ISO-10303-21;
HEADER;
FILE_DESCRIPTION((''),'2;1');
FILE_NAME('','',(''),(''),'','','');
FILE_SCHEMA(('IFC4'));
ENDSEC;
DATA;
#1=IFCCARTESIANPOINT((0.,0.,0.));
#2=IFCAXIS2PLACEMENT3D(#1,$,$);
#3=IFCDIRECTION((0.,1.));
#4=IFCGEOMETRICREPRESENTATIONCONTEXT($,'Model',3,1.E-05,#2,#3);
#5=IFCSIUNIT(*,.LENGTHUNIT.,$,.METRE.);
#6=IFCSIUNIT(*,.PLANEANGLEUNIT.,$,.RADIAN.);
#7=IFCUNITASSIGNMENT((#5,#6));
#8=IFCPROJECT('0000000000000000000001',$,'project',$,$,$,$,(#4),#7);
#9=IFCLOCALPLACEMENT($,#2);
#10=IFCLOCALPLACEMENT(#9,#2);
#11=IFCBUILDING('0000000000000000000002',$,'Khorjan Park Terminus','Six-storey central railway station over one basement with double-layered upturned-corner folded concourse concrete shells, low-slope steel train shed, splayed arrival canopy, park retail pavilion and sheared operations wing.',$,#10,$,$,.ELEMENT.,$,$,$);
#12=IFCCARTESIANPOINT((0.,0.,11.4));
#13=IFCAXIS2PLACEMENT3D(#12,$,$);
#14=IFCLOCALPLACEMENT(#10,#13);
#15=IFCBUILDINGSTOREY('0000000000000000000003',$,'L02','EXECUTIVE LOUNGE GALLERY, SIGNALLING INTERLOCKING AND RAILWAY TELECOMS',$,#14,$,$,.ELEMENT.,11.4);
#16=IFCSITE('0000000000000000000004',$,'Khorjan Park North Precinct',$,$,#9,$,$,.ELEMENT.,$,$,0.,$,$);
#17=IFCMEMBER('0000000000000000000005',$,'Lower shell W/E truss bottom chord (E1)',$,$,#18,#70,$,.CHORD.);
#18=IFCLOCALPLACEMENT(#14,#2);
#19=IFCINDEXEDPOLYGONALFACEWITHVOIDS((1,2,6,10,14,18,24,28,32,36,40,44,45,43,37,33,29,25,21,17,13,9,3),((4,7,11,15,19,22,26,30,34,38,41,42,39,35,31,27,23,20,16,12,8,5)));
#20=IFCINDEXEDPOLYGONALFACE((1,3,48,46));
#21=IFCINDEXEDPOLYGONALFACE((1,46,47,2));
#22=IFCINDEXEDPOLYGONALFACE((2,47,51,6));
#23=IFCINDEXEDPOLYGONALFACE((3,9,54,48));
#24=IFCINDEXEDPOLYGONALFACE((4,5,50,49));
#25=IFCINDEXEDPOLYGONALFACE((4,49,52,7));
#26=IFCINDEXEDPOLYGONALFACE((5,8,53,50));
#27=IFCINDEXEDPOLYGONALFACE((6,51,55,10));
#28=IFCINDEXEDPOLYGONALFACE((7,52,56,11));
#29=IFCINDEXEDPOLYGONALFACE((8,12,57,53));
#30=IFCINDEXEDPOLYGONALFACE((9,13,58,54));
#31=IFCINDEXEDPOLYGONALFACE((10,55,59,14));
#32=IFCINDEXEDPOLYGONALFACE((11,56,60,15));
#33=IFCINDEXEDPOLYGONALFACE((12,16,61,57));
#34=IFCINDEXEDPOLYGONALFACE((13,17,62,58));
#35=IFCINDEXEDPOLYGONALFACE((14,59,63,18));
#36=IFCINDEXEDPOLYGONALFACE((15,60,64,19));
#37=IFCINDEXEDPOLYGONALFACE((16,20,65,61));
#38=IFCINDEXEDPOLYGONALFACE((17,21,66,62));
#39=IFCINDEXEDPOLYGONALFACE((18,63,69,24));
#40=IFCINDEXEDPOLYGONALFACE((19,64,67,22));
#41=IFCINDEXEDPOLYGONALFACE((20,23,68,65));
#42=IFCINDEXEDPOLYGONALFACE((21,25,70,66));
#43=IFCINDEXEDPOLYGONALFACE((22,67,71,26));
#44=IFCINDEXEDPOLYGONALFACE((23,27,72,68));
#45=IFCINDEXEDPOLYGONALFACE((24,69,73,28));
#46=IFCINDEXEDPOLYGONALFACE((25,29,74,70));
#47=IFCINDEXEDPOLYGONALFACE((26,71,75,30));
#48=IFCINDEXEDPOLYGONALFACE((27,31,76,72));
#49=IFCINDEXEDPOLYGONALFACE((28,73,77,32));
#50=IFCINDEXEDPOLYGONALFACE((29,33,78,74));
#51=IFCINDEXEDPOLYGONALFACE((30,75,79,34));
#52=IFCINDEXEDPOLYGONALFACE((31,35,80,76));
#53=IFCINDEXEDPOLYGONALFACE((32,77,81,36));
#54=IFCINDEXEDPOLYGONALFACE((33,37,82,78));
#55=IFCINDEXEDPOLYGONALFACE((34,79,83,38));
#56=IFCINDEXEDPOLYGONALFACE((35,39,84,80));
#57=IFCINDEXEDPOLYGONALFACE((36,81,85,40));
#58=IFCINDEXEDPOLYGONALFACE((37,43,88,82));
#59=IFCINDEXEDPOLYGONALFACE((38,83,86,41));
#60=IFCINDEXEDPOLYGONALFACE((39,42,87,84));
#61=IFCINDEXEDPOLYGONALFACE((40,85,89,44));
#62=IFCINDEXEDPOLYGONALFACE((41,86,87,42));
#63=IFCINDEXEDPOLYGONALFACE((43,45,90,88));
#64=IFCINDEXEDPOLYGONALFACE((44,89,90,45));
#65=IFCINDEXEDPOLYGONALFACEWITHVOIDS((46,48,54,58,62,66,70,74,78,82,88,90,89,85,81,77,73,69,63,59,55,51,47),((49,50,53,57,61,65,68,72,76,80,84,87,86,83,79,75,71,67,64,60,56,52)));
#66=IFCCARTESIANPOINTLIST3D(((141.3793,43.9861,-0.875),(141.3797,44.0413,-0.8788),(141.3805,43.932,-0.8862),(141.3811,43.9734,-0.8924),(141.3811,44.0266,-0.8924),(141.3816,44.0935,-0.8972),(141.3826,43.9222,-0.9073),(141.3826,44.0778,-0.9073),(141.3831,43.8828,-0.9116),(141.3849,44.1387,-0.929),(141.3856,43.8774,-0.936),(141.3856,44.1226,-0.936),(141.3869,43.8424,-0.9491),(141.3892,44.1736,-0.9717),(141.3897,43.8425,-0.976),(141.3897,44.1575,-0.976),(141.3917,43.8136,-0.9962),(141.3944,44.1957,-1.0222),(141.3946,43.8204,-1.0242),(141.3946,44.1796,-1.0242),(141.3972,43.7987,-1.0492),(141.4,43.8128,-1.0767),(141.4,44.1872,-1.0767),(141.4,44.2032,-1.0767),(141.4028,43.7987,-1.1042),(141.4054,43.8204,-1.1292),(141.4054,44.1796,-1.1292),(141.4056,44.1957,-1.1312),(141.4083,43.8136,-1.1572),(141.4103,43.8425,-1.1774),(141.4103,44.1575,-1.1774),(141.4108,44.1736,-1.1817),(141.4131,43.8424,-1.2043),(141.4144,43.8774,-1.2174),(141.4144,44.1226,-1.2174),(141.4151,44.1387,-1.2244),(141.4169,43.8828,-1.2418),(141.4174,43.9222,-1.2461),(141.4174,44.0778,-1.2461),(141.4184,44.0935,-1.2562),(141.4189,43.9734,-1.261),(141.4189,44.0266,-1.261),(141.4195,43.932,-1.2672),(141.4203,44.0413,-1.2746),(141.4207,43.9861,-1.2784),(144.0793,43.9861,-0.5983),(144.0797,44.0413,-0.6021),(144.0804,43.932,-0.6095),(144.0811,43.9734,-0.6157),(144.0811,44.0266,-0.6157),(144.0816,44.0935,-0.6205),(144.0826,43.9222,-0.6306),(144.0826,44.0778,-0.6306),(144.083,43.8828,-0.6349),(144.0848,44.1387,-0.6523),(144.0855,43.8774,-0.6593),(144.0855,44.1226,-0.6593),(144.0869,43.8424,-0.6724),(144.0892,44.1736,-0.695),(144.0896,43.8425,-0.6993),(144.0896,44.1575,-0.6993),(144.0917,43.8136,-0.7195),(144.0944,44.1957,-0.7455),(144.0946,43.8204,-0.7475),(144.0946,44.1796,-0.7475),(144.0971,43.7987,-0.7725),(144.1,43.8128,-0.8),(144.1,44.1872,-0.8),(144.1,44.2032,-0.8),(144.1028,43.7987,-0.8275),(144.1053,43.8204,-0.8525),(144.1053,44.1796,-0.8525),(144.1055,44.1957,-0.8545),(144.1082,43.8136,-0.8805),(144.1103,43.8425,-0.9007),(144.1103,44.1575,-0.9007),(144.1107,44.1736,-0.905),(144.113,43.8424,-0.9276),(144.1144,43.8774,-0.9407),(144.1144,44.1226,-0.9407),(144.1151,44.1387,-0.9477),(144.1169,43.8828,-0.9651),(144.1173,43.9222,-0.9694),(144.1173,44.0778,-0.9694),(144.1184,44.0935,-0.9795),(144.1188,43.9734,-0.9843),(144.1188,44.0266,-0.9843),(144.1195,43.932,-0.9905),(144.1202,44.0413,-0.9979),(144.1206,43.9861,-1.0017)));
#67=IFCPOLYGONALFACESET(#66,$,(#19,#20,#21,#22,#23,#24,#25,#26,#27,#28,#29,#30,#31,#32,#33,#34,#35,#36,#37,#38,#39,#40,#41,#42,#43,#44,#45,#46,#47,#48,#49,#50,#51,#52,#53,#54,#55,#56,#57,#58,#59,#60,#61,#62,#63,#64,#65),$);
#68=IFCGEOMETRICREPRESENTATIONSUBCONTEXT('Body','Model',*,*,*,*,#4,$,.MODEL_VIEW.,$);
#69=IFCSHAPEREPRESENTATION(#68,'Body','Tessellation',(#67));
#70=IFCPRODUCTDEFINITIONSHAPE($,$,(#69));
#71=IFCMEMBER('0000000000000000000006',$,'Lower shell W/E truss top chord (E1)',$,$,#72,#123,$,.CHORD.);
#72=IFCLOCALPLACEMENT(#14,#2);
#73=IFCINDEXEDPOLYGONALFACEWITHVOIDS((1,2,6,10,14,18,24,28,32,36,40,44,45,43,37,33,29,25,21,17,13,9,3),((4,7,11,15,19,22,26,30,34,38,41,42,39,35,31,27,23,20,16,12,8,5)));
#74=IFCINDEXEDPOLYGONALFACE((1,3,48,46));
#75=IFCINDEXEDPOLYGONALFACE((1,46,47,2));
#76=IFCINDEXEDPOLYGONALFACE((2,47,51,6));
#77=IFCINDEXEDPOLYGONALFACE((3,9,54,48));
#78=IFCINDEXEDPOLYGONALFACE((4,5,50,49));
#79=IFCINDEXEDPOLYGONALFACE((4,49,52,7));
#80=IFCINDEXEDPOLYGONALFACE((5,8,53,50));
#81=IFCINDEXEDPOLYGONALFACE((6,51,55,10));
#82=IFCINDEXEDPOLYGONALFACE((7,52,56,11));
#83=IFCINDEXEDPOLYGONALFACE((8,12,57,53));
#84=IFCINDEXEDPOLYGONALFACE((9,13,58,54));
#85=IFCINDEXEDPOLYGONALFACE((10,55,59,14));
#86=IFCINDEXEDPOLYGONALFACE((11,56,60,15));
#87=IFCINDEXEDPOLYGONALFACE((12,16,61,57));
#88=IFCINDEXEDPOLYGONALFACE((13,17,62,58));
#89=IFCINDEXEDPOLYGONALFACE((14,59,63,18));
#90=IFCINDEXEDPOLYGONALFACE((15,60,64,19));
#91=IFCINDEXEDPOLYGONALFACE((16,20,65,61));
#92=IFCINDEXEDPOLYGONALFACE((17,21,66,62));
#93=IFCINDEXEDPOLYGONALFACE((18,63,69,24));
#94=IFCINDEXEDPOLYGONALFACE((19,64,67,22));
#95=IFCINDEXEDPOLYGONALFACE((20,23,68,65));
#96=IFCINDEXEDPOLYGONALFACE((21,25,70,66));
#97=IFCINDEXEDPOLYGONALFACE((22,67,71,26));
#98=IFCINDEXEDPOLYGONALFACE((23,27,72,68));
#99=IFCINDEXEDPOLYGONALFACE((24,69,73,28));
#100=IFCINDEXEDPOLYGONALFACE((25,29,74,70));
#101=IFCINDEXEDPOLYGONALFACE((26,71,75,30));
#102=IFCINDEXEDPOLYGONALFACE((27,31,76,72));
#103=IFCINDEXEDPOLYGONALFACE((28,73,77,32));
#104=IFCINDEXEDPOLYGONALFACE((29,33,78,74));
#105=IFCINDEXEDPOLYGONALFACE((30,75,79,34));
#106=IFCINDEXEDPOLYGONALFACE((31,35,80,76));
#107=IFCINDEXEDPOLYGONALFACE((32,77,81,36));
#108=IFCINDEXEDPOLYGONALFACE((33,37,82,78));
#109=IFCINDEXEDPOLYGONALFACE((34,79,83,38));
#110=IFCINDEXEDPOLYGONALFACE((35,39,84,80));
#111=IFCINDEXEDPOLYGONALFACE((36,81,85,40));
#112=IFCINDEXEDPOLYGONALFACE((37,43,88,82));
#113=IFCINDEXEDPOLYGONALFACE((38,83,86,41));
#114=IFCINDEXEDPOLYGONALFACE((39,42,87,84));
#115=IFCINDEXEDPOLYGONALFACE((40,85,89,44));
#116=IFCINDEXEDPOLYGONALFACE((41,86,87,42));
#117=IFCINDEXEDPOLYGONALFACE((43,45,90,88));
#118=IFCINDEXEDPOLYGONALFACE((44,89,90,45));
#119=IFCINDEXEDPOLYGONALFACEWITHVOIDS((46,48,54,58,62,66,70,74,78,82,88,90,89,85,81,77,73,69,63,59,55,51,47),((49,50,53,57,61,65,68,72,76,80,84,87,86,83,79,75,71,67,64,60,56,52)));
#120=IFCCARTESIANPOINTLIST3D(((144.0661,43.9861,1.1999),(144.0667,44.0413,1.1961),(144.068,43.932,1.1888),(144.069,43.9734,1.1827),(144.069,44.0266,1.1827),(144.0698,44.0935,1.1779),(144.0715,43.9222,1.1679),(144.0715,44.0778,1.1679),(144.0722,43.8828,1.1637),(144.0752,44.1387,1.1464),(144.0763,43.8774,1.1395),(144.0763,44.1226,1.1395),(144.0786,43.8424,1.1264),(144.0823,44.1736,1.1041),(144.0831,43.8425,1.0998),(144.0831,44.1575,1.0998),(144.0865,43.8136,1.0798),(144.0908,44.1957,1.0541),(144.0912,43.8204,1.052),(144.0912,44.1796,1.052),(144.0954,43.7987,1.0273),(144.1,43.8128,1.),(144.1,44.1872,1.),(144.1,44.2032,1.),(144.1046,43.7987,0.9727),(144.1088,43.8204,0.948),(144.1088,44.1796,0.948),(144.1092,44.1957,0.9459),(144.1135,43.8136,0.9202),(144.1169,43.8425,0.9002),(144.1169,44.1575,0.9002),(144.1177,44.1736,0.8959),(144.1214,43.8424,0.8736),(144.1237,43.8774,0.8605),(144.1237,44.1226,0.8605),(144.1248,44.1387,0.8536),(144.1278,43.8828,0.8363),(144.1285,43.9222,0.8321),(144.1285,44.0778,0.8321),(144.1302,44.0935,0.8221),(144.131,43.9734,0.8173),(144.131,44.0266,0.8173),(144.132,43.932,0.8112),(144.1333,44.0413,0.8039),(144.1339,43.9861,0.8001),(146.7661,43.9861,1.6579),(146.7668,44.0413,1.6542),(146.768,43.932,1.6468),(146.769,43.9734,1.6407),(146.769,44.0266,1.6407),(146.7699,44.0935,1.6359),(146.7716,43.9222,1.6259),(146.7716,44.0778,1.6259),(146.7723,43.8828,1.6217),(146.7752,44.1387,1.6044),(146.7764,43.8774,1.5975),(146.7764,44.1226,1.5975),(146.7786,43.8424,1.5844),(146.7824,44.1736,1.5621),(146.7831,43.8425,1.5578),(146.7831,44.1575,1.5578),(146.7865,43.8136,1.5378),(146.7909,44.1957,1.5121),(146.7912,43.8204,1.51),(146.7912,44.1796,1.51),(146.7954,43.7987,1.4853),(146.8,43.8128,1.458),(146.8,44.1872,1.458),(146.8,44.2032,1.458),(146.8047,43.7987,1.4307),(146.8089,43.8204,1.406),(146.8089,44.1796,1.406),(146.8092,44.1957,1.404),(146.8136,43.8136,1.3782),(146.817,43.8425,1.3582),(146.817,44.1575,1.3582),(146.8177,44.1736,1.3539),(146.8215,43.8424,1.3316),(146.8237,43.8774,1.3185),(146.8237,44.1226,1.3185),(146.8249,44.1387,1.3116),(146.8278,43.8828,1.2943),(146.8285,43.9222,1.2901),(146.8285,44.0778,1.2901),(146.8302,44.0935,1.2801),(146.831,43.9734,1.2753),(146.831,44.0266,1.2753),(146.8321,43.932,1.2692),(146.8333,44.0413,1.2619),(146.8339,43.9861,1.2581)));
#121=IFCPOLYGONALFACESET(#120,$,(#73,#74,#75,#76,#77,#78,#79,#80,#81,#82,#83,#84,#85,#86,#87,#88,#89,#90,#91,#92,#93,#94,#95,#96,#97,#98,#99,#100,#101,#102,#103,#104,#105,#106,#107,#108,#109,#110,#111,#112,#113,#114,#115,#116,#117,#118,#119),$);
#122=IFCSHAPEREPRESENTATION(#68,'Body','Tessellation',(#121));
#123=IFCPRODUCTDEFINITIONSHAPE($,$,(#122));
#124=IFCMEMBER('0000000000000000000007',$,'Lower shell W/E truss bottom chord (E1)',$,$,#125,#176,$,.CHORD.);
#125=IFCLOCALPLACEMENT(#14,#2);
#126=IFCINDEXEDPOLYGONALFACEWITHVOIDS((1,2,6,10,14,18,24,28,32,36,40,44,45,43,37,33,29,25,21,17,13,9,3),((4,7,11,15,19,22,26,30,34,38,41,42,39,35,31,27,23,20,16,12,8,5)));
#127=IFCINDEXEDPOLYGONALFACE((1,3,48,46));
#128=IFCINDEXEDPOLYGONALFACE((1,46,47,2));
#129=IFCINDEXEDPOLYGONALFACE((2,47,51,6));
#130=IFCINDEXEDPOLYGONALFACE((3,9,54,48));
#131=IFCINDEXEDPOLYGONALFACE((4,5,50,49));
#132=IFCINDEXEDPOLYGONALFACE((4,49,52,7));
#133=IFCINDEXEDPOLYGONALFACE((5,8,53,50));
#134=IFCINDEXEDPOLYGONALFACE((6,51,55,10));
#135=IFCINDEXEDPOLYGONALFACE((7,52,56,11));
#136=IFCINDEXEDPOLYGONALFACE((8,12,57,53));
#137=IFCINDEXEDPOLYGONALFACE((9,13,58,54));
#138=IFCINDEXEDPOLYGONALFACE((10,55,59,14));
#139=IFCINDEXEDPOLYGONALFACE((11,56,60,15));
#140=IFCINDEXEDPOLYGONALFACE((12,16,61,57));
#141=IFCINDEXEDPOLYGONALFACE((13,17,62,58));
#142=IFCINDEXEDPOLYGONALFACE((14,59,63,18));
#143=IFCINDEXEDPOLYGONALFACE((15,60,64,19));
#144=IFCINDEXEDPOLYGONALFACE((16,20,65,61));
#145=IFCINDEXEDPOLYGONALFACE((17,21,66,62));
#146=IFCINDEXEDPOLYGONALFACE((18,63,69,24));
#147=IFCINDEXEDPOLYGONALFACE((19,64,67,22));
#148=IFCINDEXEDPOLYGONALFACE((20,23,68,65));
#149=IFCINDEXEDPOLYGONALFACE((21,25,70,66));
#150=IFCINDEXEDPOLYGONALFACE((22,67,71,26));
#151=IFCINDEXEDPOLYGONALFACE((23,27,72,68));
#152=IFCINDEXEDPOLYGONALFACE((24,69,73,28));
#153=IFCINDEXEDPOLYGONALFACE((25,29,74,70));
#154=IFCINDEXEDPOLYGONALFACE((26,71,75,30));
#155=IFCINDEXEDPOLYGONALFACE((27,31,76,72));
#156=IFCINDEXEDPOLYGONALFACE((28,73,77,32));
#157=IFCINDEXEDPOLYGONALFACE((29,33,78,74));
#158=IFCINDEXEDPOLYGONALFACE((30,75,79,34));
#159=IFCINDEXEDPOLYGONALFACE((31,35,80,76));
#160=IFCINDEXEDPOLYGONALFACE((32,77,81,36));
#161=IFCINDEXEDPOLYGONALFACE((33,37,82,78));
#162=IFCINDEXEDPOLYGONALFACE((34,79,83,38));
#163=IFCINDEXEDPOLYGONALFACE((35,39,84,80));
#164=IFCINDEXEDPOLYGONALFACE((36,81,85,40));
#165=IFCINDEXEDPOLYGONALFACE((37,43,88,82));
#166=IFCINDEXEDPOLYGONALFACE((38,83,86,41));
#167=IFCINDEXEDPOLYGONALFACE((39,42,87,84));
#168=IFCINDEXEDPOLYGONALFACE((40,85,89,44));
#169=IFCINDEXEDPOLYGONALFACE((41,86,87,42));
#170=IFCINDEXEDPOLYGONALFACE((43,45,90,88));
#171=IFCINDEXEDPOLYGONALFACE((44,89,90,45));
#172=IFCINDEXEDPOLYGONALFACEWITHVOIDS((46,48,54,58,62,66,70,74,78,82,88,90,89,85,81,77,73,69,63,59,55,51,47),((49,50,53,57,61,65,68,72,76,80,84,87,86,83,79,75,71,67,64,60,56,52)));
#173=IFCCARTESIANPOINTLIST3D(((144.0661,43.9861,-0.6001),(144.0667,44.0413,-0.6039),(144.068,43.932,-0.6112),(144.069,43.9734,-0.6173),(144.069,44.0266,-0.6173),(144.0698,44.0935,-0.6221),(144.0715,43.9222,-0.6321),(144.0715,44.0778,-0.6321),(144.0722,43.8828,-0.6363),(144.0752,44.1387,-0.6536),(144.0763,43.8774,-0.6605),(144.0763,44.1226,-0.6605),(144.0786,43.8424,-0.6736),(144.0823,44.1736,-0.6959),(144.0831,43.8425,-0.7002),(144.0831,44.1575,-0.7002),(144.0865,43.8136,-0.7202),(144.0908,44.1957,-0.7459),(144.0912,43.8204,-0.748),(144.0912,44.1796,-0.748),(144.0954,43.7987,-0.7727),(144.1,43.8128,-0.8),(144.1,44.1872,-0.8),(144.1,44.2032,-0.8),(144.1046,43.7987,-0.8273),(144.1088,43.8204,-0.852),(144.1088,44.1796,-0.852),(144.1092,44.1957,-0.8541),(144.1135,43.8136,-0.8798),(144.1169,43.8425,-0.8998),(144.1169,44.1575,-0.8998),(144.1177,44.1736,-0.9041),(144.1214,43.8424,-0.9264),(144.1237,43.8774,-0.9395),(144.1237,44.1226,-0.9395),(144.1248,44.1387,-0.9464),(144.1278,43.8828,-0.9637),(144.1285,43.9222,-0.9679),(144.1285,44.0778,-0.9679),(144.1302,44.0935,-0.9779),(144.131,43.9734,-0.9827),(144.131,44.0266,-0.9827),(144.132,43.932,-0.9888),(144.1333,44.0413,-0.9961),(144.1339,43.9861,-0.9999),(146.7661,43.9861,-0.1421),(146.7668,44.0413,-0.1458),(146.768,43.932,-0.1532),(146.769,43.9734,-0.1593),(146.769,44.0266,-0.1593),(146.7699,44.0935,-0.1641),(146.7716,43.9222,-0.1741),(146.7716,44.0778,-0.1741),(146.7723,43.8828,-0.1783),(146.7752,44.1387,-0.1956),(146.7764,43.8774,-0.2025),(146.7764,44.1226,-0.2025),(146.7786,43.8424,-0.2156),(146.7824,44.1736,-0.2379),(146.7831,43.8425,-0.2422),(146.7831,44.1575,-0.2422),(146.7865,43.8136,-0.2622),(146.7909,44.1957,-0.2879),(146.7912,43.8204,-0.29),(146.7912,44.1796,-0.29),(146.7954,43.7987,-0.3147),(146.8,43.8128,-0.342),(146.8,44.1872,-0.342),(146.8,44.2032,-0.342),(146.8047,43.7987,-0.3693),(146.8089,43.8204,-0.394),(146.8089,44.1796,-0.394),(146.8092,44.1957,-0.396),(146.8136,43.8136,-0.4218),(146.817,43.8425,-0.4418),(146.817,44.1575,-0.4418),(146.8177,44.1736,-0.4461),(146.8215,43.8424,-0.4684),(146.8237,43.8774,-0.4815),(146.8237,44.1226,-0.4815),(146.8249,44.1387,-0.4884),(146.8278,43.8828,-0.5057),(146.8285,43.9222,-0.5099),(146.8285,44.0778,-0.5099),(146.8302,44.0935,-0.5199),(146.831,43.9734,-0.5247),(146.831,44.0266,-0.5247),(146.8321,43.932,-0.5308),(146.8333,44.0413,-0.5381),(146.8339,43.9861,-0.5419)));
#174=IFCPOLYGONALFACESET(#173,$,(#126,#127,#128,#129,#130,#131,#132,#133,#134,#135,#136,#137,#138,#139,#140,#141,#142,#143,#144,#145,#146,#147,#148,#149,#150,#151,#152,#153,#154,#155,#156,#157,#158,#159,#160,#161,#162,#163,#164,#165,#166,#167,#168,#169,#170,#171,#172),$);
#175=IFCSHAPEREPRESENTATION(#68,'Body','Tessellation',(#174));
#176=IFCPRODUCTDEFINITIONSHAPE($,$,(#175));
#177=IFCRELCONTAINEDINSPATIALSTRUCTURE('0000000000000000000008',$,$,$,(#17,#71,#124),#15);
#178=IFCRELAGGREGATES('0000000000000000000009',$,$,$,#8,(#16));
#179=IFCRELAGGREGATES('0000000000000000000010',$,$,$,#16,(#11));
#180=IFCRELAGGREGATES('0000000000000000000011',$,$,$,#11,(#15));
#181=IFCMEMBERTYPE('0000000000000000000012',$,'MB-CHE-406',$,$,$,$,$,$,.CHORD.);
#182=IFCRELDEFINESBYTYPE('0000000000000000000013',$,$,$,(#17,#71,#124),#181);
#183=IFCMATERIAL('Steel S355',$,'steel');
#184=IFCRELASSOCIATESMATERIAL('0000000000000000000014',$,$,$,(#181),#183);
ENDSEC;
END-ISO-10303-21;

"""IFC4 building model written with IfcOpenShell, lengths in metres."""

from ifc_helpers import new_model, si_unit, direction, frame, origin, origin_2d, place, context, subcontext, project, spatial, hollow_circle, extrude, material, material_profile, profile_set, type_object, element, save


model = new_model("IFC4")

# Units and contexts
model_context = context("Model", 3, precision=1e-05, world=origin(), true_north=direction((0.0, 1.0)))
body_context = subcontext(model_context, "Body", "Model", "MODEL_VIEW")
ifc_project = project(units=[si_unit("LENGTHUNIT", "METRE"), si_unit("PLANEANGLEUNIT", "RADIAN")], contexts=[model_context])

# Site, building, storey
site_placement = place(None, origin())
site = spatial("IfcSite", under=ifc_project, at=site_placement, Name="Khorjan Park North Precinct", CompositionType="ELEMENT", RefElevation=0.0)
building_placement = place(site_placement, origin())
building = spatial("IfcBuilding", under=site, at=building_placement, Name="Khorjan Park Terminus", Description="Six-storey central railway station over one basement with double-layered upturned-corner folded concourse concrete shells, low-slope steel train shed, splayed arrival canopy, park retail pavilion and sheared operations wing.", CompositionType="ELEMENT")
storey_placement = place(building_placement, frame((0.0, 0.0, 11.4)))
storey = spatial("IfcBuildingStorey", under=building, at=storey_placement, Name="L02", Description="EXECUTIVE LOUNGE GALLERY, SIGNALLING INTERLOCKING AND RAILWAY TELECOMS", CompositionType="ELEMENT", Elevation=11.4)

# Shared definitions
ifc_material_1 = material(Name="Steel S355", Category="steel")

# Members
ifc_material_profile_1 = material_profile(ifc_material_1, hollow_circle(Radius=0.2032, WallThickness=0.016, at=origin_2d()), Name="CHS 406.4x16")
ifc_profile_set_1 = profile_set([ifc_material_profile_1], Name="Steel S355")
member_type_1 = type_object("IfcMemberType", Name="MB-CHE-406", PredefinedType="CHORD", material=ifc_profile_set_1)
for number, where, z_axis, x_axis, name in (
    (1, (141.4, 44.0, -1.0767), (0.99479, 0.0, 0.101948), (0.0, 1.0, 0.0), "Lower shell W/E truss bottom chord (E1)"),
):
    element("IfcMember", number, at=place(storey_placement, frame(where, z_axis=z_axis, x_axis=x_axis)), inside=storey, type_object=member_type_1, Name=name, PredefinedType="CHORD", context=body_context, shape_type="SweptSolid", body=[
        extrude(hollow_circle(Radius=0.2032, WallThickness=0.016, at=origin_2d()), origin(), (0.0, 0.0, 1.0), 2.7141),
    ])
for number, where, z_axis, x_axis, name in (
    (2, (144.1, 44.0, 1.0), (0.985916, 0.0, 0.167241), (0.0, 1.0, 0.0), "Lower shell W/E truss top chord (E1)"),
    (3, (144.1, 44.0, -0.8), (0.985916, 0.0, 0.167241), (0.0, 1.0, 0.0), "Lower shell W/E truss bottom chord (E1)"),
):
    element("IfcMember", number, at=place(storey_placement, frame(where, z_axis=z_axis, x_axis=x_axis)), inside=storey, type_object=member_type_1, Name=name, PredefinedType="CHORD", context=body_context, shape_type="SweptSolid", body=[
        extrude(hollow_circle(Radius=0.2032, WallThickness=0.016, at=origin_2d()), origin(), (0.0, 0.0, 1.0), 2.7386),
    ])

save(model, "model.ifc")
